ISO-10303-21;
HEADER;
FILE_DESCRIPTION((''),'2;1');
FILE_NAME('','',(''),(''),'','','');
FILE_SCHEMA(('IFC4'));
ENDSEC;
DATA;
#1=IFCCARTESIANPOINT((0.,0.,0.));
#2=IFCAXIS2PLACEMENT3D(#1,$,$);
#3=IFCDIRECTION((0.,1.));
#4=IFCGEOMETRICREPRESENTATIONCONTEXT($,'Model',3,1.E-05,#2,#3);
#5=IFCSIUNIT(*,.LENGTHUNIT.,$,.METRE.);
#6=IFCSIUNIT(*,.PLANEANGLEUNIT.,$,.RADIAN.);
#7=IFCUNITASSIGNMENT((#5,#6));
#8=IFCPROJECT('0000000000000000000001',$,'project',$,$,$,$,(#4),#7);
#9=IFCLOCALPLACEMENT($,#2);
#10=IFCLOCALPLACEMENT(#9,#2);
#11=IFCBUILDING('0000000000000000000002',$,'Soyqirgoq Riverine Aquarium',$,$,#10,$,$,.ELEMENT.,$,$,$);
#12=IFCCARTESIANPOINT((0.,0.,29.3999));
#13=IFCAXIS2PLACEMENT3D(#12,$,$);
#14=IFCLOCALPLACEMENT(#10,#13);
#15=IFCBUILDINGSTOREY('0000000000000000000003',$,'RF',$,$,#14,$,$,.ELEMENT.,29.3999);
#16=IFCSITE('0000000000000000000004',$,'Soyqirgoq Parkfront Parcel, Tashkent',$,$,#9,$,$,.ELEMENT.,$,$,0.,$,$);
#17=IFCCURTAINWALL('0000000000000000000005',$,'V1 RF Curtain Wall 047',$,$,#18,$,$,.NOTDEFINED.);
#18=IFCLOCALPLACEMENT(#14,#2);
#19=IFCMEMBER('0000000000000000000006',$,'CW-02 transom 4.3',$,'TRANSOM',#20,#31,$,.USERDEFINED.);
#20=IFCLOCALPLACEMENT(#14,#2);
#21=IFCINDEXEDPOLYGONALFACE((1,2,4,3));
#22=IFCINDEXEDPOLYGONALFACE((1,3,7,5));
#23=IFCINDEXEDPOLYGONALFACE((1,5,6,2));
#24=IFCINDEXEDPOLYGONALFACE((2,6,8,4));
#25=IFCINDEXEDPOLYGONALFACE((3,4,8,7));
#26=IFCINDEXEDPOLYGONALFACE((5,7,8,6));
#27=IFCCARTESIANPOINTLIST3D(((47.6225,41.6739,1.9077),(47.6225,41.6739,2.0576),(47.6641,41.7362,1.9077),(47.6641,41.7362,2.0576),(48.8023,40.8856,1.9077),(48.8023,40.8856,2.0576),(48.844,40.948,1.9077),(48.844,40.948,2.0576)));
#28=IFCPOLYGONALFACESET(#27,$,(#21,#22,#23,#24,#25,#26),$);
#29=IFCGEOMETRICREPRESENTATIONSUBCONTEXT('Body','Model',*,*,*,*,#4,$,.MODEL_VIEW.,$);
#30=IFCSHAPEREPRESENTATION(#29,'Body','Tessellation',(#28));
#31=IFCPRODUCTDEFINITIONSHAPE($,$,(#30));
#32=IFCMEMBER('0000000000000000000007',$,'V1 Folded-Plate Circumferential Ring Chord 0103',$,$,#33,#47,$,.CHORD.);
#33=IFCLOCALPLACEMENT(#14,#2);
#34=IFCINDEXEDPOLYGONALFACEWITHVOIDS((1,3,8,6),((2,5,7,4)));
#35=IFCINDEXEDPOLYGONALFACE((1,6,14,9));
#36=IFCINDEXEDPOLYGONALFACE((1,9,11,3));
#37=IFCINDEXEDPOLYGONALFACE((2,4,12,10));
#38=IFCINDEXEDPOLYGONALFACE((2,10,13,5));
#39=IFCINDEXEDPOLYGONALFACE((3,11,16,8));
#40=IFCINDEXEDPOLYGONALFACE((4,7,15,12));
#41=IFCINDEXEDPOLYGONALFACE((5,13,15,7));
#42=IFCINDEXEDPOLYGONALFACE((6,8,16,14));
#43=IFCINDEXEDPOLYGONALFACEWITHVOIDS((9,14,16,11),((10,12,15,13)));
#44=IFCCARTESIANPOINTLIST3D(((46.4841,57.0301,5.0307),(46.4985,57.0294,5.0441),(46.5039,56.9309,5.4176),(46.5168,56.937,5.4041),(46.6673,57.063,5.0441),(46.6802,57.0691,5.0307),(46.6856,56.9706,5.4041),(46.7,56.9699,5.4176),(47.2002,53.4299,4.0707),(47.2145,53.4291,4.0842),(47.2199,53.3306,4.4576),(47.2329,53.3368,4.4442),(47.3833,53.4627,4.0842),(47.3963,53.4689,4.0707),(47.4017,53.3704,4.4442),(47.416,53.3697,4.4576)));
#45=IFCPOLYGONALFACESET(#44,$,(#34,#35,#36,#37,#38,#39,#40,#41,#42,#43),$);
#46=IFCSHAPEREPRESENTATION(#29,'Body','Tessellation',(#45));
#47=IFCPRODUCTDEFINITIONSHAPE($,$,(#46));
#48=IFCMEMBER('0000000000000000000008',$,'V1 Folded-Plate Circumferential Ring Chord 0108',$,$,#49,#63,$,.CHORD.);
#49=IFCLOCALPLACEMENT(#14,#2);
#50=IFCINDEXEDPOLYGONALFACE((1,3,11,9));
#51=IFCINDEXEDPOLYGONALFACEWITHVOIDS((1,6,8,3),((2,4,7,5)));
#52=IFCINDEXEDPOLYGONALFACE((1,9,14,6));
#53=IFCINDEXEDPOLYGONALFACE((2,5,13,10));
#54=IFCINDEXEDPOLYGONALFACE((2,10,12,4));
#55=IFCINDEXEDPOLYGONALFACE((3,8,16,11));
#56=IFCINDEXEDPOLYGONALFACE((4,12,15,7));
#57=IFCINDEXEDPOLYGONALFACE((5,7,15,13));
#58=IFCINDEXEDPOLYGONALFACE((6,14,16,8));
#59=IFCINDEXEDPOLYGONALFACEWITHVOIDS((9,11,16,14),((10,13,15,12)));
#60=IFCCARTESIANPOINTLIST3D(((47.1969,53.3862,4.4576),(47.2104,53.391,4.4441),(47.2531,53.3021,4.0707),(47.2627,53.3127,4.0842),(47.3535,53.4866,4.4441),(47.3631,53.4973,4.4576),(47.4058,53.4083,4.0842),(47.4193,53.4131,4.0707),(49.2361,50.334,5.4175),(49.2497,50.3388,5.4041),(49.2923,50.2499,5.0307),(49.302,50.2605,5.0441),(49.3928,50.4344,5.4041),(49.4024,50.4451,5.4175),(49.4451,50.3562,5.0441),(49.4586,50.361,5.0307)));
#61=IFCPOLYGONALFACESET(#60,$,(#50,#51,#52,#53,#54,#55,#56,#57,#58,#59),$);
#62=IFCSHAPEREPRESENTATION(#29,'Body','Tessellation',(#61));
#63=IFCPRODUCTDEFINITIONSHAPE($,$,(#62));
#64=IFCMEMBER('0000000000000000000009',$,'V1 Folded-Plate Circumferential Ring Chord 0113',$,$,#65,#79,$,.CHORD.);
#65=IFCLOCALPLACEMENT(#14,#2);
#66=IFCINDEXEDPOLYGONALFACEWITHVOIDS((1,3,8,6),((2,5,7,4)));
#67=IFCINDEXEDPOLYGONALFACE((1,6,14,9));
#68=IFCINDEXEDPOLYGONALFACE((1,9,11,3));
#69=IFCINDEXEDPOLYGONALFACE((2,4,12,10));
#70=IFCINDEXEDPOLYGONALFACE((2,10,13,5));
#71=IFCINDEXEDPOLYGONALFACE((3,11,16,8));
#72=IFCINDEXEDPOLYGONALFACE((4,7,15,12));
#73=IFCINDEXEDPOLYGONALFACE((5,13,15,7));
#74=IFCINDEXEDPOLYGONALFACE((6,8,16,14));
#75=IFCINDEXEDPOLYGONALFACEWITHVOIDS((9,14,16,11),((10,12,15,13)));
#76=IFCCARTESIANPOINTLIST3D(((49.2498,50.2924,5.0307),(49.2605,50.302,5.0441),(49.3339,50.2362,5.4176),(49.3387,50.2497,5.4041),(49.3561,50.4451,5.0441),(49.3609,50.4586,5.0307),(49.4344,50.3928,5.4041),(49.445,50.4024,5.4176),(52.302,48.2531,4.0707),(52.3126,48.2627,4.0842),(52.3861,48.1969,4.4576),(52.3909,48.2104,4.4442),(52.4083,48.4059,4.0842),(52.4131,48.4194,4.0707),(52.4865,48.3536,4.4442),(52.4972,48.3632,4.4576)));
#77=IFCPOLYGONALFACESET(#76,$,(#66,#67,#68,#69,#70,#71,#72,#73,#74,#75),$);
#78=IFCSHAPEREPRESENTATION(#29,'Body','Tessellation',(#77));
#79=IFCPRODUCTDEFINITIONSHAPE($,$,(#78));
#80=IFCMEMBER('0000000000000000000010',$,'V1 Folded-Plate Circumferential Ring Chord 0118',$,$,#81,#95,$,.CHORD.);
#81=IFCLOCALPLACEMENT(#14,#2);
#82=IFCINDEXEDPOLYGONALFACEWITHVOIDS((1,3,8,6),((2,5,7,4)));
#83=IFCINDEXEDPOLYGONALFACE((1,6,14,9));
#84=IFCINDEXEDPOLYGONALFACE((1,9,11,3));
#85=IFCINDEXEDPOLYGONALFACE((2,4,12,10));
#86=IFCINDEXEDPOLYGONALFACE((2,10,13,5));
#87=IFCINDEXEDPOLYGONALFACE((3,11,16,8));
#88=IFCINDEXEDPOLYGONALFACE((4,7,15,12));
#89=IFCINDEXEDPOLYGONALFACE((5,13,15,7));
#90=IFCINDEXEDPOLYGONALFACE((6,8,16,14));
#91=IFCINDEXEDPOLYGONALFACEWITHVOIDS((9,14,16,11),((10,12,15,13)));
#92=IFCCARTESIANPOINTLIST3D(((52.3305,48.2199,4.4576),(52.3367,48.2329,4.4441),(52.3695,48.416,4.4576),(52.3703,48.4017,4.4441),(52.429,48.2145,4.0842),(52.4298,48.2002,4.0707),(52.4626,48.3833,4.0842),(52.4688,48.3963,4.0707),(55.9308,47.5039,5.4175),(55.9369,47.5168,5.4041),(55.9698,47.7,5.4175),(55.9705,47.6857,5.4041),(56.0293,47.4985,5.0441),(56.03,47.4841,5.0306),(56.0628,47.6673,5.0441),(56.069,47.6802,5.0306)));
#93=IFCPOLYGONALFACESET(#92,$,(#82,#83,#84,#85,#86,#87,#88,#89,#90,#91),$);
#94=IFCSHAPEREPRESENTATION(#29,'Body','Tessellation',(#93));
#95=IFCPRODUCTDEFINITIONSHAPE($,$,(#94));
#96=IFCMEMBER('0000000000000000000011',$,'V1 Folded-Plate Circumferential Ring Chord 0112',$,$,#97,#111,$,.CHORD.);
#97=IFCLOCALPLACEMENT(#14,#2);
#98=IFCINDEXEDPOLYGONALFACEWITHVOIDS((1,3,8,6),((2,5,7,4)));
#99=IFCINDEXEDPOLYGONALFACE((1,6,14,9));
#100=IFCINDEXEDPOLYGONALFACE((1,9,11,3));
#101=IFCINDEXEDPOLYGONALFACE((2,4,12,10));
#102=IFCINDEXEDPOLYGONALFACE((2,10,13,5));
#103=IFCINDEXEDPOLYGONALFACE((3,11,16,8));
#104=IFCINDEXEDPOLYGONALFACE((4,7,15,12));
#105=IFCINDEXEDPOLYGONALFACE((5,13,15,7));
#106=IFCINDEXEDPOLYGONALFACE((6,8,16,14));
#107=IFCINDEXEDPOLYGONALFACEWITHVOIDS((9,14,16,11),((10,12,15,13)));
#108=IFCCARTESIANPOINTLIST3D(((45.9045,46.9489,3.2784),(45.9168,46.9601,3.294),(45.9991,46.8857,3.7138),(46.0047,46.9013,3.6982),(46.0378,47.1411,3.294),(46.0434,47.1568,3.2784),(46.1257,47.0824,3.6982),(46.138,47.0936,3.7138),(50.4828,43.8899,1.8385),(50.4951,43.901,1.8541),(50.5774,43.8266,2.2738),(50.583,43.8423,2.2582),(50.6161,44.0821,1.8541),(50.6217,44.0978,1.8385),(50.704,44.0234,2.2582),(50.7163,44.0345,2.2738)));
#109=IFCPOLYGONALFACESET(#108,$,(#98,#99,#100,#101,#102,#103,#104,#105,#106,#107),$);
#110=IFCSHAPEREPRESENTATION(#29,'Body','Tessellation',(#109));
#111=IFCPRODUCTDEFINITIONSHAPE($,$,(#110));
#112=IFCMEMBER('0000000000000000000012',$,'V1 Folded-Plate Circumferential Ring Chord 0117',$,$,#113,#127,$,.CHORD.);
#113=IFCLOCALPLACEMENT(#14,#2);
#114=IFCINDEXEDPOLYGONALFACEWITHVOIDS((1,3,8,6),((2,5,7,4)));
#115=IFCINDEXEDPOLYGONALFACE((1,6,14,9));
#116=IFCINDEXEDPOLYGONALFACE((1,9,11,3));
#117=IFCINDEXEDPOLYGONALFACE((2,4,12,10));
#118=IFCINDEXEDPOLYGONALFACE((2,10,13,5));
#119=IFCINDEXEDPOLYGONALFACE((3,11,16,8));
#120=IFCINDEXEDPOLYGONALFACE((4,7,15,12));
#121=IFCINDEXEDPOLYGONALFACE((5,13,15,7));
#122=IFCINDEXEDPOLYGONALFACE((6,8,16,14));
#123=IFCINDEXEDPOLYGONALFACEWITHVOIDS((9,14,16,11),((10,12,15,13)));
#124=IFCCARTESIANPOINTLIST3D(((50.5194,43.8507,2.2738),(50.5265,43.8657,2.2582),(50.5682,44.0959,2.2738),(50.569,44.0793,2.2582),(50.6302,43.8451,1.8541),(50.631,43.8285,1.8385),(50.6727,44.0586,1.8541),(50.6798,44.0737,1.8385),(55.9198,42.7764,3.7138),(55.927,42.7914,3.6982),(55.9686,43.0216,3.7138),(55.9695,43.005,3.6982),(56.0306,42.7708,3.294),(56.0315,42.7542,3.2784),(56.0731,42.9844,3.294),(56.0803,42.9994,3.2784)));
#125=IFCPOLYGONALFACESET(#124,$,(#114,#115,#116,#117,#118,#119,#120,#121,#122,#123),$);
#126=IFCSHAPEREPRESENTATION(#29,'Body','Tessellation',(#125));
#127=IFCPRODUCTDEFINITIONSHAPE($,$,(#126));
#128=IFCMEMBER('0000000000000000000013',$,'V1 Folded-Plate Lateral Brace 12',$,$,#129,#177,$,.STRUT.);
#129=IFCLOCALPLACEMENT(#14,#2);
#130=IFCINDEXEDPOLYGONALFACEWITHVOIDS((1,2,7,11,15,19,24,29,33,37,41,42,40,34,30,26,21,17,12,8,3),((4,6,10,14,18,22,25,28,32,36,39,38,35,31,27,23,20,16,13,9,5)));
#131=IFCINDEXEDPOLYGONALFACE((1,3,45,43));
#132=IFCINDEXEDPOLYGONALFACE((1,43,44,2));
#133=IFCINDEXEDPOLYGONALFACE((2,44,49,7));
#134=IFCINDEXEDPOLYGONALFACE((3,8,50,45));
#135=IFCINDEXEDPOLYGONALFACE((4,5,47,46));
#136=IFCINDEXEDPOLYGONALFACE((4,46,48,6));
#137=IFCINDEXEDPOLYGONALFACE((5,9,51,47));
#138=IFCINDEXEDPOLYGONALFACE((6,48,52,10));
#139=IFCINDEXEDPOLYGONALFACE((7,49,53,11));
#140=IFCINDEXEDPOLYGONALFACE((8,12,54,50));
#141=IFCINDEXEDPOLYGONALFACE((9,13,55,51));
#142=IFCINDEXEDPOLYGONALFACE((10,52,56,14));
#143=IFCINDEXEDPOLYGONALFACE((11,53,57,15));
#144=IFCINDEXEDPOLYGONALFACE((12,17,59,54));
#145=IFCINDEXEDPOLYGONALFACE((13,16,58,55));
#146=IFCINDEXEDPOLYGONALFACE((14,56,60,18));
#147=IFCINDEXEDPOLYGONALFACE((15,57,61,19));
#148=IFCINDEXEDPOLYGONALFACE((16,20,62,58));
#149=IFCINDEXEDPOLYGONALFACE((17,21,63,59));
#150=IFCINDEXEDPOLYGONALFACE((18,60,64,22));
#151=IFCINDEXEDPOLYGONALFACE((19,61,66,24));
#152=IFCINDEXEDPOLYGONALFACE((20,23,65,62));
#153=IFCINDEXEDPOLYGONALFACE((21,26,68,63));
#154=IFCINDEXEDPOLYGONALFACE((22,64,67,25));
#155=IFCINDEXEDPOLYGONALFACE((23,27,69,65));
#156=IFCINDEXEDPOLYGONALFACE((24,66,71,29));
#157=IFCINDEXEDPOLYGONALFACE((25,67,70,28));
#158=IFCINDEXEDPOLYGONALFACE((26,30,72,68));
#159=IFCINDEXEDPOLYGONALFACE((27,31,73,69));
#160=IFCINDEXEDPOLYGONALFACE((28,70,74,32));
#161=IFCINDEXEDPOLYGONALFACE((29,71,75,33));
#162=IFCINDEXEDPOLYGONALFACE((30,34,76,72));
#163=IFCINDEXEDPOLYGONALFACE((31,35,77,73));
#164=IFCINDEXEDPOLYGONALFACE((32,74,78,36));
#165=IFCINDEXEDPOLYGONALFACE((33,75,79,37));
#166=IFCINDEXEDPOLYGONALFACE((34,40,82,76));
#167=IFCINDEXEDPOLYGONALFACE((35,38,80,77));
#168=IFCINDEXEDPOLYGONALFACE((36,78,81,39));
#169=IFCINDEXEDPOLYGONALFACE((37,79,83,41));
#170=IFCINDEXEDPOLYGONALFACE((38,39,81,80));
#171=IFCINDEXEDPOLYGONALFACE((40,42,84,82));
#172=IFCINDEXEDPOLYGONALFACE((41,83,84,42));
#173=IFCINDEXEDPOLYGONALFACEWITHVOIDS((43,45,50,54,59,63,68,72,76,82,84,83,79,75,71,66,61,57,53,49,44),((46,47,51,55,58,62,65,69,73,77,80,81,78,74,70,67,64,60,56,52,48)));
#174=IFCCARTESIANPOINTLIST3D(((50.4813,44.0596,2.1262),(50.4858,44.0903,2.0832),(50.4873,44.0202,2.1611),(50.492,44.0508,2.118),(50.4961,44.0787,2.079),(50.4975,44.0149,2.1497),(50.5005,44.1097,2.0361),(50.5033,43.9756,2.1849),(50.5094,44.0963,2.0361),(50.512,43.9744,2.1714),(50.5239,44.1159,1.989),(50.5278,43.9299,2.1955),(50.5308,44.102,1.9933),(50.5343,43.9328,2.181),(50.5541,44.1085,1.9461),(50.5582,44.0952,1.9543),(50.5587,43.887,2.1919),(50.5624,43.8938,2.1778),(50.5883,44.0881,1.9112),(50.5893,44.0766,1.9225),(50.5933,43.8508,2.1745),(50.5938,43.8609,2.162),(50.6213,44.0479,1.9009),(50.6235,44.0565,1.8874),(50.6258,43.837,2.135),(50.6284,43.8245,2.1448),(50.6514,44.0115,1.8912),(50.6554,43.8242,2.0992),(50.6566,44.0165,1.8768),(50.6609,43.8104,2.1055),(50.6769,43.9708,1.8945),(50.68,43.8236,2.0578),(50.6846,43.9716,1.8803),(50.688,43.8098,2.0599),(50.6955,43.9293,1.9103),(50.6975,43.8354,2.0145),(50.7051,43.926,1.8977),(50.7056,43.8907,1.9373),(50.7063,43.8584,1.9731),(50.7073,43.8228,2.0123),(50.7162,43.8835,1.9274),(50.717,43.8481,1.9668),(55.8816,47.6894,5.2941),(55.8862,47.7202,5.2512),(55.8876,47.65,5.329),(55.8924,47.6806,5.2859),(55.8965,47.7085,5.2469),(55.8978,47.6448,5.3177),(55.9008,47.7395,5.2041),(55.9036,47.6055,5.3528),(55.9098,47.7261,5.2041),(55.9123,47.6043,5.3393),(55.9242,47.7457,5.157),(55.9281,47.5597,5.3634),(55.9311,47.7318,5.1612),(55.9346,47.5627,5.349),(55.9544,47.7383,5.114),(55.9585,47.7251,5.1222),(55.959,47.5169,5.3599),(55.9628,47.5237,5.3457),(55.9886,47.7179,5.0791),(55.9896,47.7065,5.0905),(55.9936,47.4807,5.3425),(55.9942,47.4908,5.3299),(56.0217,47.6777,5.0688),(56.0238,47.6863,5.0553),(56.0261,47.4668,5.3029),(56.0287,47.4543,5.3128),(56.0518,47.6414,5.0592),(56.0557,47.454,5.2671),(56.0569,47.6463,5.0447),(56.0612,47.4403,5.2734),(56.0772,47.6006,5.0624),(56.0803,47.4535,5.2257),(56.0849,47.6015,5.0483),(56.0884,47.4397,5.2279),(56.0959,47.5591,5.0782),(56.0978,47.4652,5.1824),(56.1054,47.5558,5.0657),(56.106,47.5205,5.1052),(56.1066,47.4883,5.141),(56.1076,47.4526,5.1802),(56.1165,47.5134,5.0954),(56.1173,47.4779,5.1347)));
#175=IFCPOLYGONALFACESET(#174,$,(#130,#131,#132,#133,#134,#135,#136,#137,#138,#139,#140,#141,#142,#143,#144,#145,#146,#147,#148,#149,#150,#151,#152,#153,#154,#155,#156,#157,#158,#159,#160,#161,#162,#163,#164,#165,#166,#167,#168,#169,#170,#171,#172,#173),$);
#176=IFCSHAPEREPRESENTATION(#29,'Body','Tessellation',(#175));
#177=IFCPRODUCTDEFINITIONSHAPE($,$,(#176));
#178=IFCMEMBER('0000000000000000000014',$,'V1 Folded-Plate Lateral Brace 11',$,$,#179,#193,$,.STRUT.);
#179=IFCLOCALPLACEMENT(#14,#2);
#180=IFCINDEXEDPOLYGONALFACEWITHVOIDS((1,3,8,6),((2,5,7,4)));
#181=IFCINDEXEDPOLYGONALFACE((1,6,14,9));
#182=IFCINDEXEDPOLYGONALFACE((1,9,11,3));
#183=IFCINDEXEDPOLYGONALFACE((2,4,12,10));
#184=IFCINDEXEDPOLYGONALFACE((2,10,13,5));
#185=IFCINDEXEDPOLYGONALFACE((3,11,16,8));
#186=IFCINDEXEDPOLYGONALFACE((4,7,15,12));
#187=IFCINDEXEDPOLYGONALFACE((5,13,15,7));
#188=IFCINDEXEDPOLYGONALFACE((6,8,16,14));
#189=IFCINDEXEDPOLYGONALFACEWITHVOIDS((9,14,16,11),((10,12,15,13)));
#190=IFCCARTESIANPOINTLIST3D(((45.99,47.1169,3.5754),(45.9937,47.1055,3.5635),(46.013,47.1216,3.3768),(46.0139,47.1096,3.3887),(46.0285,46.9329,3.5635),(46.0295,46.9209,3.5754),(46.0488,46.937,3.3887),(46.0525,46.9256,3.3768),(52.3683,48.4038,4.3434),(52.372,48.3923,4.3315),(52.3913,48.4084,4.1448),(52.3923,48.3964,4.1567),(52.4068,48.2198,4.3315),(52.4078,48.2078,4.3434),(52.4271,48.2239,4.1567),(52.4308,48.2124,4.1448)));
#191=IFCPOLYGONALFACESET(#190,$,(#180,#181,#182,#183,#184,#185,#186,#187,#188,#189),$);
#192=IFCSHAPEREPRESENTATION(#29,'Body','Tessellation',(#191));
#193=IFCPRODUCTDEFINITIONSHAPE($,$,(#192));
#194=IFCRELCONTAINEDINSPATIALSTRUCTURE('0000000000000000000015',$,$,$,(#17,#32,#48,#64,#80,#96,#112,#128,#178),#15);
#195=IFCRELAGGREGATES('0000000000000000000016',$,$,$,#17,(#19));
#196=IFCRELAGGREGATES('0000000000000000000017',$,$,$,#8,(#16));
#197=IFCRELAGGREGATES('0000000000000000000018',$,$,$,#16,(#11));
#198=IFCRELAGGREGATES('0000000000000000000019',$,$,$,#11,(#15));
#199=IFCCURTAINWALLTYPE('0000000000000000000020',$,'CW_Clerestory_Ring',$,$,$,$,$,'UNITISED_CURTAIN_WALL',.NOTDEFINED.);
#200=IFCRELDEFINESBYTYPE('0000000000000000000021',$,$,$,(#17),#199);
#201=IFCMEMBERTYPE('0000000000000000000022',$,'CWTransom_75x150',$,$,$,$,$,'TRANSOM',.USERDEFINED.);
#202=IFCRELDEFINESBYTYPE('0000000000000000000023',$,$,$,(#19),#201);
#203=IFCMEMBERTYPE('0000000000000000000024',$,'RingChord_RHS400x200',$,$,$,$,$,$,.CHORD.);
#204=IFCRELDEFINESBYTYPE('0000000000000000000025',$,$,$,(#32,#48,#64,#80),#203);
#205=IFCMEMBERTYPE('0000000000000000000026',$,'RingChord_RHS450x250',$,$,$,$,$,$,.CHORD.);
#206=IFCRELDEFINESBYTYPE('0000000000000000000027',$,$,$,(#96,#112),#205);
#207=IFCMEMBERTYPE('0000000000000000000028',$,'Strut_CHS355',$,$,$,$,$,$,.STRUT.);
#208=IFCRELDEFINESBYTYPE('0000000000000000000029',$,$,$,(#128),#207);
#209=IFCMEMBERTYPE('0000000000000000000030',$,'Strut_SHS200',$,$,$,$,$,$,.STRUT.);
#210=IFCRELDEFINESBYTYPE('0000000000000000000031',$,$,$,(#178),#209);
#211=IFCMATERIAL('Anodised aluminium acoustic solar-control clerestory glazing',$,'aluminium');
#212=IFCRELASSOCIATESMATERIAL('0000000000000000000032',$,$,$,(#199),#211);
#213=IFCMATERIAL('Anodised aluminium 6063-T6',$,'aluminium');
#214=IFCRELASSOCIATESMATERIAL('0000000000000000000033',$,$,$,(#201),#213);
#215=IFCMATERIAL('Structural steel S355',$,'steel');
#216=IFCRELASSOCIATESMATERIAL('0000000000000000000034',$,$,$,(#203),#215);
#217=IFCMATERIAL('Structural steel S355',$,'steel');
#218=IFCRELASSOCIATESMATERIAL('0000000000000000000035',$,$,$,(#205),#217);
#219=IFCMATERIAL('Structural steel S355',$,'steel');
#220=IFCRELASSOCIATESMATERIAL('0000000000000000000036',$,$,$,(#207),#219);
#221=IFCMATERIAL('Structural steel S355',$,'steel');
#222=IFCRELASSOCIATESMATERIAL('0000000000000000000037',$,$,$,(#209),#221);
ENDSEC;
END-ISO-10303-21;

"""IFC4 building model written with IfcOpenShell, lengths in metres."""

from ifc_helpers import new_model, si_unit, direction, frame, origin, origin_2d, place, context, subcontext, project, spatial, rectangle, hollow_rectangle, hollow_circle, extrude, material, material_profile, profile_set, type_object, element, aggregate, save


model = new_model("IFC4")

# Units and contexts
model_context = context("Model", 3, precision=1e-05, world=origin(), true_north=direction((0.0, 1.0)))
body_context = subcontext(model_context, "Body", "Model", "MODEL_VIEW")
ifc_project = project(units=[si_unit("LENGTHUNIT", "METRE"), si_unit("PLANEANGLEUNIT", "RADIAN")], contexts=[model_context])

# Site, building, storey
site_placement = place(None, origin())
site = spatial("IfcSite", under=ifc_project, at=site_placement, Name="Soyqirgoq Parkfront Parcel, Tashkent", CompositionType="ELEMENT", RefElevation=0.0)
building_placement = place(site_placement, origin())
building = spatial("IfcBuilding", under=site, at=building_placement, Name="Soyqirgoq Riverine Aquarium", CompositionType="ELEMENT")
storey_placement = place(building_placement, frame((0.0, 0.0, 29.3999)))
storey = spatial("IfcBuildingStorey", under=building, at=storey_placement, Name="RF", CompositionType="ELEMENT", Elevation=29.3999)

# Curtain wall, member
ifc_material_1 = material(Name="Anodised aluminium acoustic solar-control clerestory glazing", Category="aluminium")
curtain_wall_type = type_object("IfcCurtainWallType", Name="CW_Clerestory_Ring", ElementType="UNITISED_CURTAIN_WALL", PredefinedType="NOTDEFINED", material=ifc_material_1)
curtain_wall_placement = place(storey_placement, origin())
curtain_wall = element("IfcCurtainWall", 1, at=curtain_wall_placement, inside=storey, type_object=curtain_wall_type, Name="V1 RF Curtain Wall 047", PredefinedType="NOTDEFINED")
ifc_material_2 = material(Name="Anodised aluminium 6063-T6", Category="aluminium")
ifc_material_profile_1 = material_profile(ifc_material_2, rectangle(XDim=0.075, YDim=0.1499, at=origin_2d()), Name="ALU-T 75x150")
ifc_profile_set_1 = profile_set([ifc_material_profile_1], Name="Anodised aluminium 6063-T6")
member_type_1 = type_object("IfcMemberType", Name="CWTransom_75x150", ElementType="TRANSOM", PredefinedType="USERDEFINED", material=ifc_profile_set_1)
member_1_placement = place(storey_placement, frame((47.6433, 41.7051, 1.9827), z_axis=(0.831494, -0.555534, 0.0), x_axis=(0.555534, 0.831494, 0.0)))
member_1 = element("IfcMember", 2, at=member_1_placement, type_object=member_type_1, Name="CW-02 transom 4.3", ObjectType="TRANSOM", PredefinedType="USERDEFINED", context=body_context, shape_type="SweptSolid", body=[
    extrude(rectangle(XDim=0.075, YDim=0.1499, at=origin_2d()), origin(), (0.0, 0.0, 1.0), 1.4189),
])

# Members
ifc_material_3 = material(Name="Structural steel S355", Category="steel")
ifc_material_profile_2 = material_profile(ifc_material_3, hollow_rectangle(XDim=0.2, YDim=0.3999, WallThickness=0.0139, at=origin_2d()), Name="RHS 400x200x14")
ifc_profile_set_2 = profile_set([ifc_material_profile_2], Name="Structural steel S355")
member_type_2 = type_object("IfcMemberType", Name="RingChord_RHS400x200", PredefinedType="CHORD", material=ifc_profile_set_2)
for number, where, z_axis, x_axis, name in (
    (3, (46.592, 57.0, 5.2241), (0.188721, -0.948881, -0.253001), (0.98079, 0.195067, 0.0), "V1 Folded-Plate Circumferential Ring Chord 0103"),
    (4, (47.3081, 53.3997, 4.2642), (0.53747, -0.804435, 0.253003), (0.831487, 0.555544, 0.0), "V1 Folded-Plate Circumferential Ring Chord 0108"),
    (5, (49.3474, 50.3474, 5.2241), (0.804435, -0.53747, -0.253003), (0.555544, 0.831487, 0.0), "V1 Folded-Plate Circumferential Ring Chord 0113"),
    (6, (52.3997, 48.3081, 4.2642), (0.948881, -0.188721, 0.253001), (0.195067, 0.98079, 0.0), "V1 Folded-Plate Circumferential Ring Chord 0118"),
):
    element("IfcMember", number, at=place(storey_placement, frame(where, z_axis=z_axis, x_axis=x_axis)), inside=storey, type_object=member_type_2, Name=name, PredefinedType="CHORD", context=body_context, shape_type="SweptSolid", body=[
        extrude(hollow_rectangle(XDim=0.2, YDim=0.3999, WallThickness=0.0139, at=origin_2d()), origin(), (0.0, 0.0, 1.0), 3.7942),
    ])
ifc_material_4 = material(Name="Structural steel S355", Category="steel")
ifc_material_profile_3 = material_profile(ifc_material_4, hollow_rectangle(XDim=0.25, YDim=0.45, WallThickness=0.0161, at=origin_2d()), Name="RHS 450x250x16")
ifc_profile_set_3 = profile_set([ifc_material_profile_3], Name="Structural steel S355")
member_type_3 = type_object("IfcMemberType", Name="RingChord_RHS450x250", PredefinedType="CHORD", material=ifc_profile_set_3)
for number, where, z_axis, x_axis, name in (
    (7, (46.0212, 47.0212, 3.4961), (0.804426, -0.537485, -0.253), (0.555559, 0.831477, 0.0), "V1 Folded-Plate Circumferential Ring Chord 0112"),
    (8, (50.5996, 43.9622, 2.0562), (0.948875, -0.188745, 0.253005), (0.195093, 0.980785, 0.0), "V1 Folded-Plate Circumferential Ring Chord 0117"),
):
    element("IfcMember", number, at=place(storey_placement, frame(where, z_axis=z_axis, x_axis=x_axis)), inside=storey, type_object=member_type_3, Name=name, PredefinedType="CHORD", context=body_context, shape_type="SweptSolid", body=[
        extrude(hollow_rectangle(XDim=0.25, YDim=0.45, WallThickness=0.0161, at=origin_2d()), origin(), (0.0, 0.0, 1.0), 5.6914),
    ])
ifc_material_5 = material(Name="Structural steel S355", Category="steel")
ifc_material_profile_4 = material_profile(ifc_material_5, hollow_circle(Radius=0.1777, WallThickness=0.0161, at=origin_2d()), Name="CHS 355.6x16")
ifc_profile_set_4 = profile_set([ifc_material_profile_4], Name="Structural steel S355")
member_type_4 = type_object("IfcMemberType", Name="Strut_CHS355", PredefinedType="STRUT", material=ifc_profile_set_4)
member_2_placement = place(storey_placement, frame((50.5996, 43.9622, 2.0361), z_axis=(0.746204, 0.501563, 0.437737), x_axis=(-0.557848, 0.829943, 0.0)))
element("IfcMember", 9, at=member_2_placement, inside=storey, type_object=member_type_4, Name="V1 Folded-Plate Lateral Brace 12", PredefinedType="STRUT", context=body_context, shape_type="SweptSolid", body=[
    extrude(hollow_circle(Radius=0.1777, WallThickness=0.0161, at=origin_2d()), origin(), (0.0, 0.0, 1.0), 7.2371),
])
ifc_material_6 = material(Name="Structural steel S355", Category="steel")
ifc_material_profile_5 = material_profile(ifc_material_6, hollow_rectangle(XDim=0.2, YDim=0.2, WallThickness=0.012, at=origin_2d()), Name="SHS 200x200x12")
ifc_profile_set_5 = profile_set([ifc_material_profile_5], Name="Structural steel S355")
member_type_5 = type_object("IfcMemberType", Name="Strut_SHS200", PredefinedType="STRUT", material=ifc_profile_set_5)
member_3_placement = place(storey_placement, frame((46.0212, 47.0212, 3.4761), z_axis=(0.97349, 0.196405, 0.117224), x_axis=(-0.197768, 0.980249, 0.0)))
element("IfcMember", 10, at=member_3_placement, inside=storey, type_object=member_type_5, Name="V1 Folded-Plate Lateral Brace 11", PredefinedType="STRUT", context=body_context, shape_type="SweptSolid", body=[
    extrude(hollow_rectangle(XDim=0.2, YDim=0.2, WallThickness=0.012, at=origin_2d()), origin(), (0.0, 0.0, 1.0), 6.552),
])

aggregate(curtain_wall, [member_1])

save(model, "model.ifc")
